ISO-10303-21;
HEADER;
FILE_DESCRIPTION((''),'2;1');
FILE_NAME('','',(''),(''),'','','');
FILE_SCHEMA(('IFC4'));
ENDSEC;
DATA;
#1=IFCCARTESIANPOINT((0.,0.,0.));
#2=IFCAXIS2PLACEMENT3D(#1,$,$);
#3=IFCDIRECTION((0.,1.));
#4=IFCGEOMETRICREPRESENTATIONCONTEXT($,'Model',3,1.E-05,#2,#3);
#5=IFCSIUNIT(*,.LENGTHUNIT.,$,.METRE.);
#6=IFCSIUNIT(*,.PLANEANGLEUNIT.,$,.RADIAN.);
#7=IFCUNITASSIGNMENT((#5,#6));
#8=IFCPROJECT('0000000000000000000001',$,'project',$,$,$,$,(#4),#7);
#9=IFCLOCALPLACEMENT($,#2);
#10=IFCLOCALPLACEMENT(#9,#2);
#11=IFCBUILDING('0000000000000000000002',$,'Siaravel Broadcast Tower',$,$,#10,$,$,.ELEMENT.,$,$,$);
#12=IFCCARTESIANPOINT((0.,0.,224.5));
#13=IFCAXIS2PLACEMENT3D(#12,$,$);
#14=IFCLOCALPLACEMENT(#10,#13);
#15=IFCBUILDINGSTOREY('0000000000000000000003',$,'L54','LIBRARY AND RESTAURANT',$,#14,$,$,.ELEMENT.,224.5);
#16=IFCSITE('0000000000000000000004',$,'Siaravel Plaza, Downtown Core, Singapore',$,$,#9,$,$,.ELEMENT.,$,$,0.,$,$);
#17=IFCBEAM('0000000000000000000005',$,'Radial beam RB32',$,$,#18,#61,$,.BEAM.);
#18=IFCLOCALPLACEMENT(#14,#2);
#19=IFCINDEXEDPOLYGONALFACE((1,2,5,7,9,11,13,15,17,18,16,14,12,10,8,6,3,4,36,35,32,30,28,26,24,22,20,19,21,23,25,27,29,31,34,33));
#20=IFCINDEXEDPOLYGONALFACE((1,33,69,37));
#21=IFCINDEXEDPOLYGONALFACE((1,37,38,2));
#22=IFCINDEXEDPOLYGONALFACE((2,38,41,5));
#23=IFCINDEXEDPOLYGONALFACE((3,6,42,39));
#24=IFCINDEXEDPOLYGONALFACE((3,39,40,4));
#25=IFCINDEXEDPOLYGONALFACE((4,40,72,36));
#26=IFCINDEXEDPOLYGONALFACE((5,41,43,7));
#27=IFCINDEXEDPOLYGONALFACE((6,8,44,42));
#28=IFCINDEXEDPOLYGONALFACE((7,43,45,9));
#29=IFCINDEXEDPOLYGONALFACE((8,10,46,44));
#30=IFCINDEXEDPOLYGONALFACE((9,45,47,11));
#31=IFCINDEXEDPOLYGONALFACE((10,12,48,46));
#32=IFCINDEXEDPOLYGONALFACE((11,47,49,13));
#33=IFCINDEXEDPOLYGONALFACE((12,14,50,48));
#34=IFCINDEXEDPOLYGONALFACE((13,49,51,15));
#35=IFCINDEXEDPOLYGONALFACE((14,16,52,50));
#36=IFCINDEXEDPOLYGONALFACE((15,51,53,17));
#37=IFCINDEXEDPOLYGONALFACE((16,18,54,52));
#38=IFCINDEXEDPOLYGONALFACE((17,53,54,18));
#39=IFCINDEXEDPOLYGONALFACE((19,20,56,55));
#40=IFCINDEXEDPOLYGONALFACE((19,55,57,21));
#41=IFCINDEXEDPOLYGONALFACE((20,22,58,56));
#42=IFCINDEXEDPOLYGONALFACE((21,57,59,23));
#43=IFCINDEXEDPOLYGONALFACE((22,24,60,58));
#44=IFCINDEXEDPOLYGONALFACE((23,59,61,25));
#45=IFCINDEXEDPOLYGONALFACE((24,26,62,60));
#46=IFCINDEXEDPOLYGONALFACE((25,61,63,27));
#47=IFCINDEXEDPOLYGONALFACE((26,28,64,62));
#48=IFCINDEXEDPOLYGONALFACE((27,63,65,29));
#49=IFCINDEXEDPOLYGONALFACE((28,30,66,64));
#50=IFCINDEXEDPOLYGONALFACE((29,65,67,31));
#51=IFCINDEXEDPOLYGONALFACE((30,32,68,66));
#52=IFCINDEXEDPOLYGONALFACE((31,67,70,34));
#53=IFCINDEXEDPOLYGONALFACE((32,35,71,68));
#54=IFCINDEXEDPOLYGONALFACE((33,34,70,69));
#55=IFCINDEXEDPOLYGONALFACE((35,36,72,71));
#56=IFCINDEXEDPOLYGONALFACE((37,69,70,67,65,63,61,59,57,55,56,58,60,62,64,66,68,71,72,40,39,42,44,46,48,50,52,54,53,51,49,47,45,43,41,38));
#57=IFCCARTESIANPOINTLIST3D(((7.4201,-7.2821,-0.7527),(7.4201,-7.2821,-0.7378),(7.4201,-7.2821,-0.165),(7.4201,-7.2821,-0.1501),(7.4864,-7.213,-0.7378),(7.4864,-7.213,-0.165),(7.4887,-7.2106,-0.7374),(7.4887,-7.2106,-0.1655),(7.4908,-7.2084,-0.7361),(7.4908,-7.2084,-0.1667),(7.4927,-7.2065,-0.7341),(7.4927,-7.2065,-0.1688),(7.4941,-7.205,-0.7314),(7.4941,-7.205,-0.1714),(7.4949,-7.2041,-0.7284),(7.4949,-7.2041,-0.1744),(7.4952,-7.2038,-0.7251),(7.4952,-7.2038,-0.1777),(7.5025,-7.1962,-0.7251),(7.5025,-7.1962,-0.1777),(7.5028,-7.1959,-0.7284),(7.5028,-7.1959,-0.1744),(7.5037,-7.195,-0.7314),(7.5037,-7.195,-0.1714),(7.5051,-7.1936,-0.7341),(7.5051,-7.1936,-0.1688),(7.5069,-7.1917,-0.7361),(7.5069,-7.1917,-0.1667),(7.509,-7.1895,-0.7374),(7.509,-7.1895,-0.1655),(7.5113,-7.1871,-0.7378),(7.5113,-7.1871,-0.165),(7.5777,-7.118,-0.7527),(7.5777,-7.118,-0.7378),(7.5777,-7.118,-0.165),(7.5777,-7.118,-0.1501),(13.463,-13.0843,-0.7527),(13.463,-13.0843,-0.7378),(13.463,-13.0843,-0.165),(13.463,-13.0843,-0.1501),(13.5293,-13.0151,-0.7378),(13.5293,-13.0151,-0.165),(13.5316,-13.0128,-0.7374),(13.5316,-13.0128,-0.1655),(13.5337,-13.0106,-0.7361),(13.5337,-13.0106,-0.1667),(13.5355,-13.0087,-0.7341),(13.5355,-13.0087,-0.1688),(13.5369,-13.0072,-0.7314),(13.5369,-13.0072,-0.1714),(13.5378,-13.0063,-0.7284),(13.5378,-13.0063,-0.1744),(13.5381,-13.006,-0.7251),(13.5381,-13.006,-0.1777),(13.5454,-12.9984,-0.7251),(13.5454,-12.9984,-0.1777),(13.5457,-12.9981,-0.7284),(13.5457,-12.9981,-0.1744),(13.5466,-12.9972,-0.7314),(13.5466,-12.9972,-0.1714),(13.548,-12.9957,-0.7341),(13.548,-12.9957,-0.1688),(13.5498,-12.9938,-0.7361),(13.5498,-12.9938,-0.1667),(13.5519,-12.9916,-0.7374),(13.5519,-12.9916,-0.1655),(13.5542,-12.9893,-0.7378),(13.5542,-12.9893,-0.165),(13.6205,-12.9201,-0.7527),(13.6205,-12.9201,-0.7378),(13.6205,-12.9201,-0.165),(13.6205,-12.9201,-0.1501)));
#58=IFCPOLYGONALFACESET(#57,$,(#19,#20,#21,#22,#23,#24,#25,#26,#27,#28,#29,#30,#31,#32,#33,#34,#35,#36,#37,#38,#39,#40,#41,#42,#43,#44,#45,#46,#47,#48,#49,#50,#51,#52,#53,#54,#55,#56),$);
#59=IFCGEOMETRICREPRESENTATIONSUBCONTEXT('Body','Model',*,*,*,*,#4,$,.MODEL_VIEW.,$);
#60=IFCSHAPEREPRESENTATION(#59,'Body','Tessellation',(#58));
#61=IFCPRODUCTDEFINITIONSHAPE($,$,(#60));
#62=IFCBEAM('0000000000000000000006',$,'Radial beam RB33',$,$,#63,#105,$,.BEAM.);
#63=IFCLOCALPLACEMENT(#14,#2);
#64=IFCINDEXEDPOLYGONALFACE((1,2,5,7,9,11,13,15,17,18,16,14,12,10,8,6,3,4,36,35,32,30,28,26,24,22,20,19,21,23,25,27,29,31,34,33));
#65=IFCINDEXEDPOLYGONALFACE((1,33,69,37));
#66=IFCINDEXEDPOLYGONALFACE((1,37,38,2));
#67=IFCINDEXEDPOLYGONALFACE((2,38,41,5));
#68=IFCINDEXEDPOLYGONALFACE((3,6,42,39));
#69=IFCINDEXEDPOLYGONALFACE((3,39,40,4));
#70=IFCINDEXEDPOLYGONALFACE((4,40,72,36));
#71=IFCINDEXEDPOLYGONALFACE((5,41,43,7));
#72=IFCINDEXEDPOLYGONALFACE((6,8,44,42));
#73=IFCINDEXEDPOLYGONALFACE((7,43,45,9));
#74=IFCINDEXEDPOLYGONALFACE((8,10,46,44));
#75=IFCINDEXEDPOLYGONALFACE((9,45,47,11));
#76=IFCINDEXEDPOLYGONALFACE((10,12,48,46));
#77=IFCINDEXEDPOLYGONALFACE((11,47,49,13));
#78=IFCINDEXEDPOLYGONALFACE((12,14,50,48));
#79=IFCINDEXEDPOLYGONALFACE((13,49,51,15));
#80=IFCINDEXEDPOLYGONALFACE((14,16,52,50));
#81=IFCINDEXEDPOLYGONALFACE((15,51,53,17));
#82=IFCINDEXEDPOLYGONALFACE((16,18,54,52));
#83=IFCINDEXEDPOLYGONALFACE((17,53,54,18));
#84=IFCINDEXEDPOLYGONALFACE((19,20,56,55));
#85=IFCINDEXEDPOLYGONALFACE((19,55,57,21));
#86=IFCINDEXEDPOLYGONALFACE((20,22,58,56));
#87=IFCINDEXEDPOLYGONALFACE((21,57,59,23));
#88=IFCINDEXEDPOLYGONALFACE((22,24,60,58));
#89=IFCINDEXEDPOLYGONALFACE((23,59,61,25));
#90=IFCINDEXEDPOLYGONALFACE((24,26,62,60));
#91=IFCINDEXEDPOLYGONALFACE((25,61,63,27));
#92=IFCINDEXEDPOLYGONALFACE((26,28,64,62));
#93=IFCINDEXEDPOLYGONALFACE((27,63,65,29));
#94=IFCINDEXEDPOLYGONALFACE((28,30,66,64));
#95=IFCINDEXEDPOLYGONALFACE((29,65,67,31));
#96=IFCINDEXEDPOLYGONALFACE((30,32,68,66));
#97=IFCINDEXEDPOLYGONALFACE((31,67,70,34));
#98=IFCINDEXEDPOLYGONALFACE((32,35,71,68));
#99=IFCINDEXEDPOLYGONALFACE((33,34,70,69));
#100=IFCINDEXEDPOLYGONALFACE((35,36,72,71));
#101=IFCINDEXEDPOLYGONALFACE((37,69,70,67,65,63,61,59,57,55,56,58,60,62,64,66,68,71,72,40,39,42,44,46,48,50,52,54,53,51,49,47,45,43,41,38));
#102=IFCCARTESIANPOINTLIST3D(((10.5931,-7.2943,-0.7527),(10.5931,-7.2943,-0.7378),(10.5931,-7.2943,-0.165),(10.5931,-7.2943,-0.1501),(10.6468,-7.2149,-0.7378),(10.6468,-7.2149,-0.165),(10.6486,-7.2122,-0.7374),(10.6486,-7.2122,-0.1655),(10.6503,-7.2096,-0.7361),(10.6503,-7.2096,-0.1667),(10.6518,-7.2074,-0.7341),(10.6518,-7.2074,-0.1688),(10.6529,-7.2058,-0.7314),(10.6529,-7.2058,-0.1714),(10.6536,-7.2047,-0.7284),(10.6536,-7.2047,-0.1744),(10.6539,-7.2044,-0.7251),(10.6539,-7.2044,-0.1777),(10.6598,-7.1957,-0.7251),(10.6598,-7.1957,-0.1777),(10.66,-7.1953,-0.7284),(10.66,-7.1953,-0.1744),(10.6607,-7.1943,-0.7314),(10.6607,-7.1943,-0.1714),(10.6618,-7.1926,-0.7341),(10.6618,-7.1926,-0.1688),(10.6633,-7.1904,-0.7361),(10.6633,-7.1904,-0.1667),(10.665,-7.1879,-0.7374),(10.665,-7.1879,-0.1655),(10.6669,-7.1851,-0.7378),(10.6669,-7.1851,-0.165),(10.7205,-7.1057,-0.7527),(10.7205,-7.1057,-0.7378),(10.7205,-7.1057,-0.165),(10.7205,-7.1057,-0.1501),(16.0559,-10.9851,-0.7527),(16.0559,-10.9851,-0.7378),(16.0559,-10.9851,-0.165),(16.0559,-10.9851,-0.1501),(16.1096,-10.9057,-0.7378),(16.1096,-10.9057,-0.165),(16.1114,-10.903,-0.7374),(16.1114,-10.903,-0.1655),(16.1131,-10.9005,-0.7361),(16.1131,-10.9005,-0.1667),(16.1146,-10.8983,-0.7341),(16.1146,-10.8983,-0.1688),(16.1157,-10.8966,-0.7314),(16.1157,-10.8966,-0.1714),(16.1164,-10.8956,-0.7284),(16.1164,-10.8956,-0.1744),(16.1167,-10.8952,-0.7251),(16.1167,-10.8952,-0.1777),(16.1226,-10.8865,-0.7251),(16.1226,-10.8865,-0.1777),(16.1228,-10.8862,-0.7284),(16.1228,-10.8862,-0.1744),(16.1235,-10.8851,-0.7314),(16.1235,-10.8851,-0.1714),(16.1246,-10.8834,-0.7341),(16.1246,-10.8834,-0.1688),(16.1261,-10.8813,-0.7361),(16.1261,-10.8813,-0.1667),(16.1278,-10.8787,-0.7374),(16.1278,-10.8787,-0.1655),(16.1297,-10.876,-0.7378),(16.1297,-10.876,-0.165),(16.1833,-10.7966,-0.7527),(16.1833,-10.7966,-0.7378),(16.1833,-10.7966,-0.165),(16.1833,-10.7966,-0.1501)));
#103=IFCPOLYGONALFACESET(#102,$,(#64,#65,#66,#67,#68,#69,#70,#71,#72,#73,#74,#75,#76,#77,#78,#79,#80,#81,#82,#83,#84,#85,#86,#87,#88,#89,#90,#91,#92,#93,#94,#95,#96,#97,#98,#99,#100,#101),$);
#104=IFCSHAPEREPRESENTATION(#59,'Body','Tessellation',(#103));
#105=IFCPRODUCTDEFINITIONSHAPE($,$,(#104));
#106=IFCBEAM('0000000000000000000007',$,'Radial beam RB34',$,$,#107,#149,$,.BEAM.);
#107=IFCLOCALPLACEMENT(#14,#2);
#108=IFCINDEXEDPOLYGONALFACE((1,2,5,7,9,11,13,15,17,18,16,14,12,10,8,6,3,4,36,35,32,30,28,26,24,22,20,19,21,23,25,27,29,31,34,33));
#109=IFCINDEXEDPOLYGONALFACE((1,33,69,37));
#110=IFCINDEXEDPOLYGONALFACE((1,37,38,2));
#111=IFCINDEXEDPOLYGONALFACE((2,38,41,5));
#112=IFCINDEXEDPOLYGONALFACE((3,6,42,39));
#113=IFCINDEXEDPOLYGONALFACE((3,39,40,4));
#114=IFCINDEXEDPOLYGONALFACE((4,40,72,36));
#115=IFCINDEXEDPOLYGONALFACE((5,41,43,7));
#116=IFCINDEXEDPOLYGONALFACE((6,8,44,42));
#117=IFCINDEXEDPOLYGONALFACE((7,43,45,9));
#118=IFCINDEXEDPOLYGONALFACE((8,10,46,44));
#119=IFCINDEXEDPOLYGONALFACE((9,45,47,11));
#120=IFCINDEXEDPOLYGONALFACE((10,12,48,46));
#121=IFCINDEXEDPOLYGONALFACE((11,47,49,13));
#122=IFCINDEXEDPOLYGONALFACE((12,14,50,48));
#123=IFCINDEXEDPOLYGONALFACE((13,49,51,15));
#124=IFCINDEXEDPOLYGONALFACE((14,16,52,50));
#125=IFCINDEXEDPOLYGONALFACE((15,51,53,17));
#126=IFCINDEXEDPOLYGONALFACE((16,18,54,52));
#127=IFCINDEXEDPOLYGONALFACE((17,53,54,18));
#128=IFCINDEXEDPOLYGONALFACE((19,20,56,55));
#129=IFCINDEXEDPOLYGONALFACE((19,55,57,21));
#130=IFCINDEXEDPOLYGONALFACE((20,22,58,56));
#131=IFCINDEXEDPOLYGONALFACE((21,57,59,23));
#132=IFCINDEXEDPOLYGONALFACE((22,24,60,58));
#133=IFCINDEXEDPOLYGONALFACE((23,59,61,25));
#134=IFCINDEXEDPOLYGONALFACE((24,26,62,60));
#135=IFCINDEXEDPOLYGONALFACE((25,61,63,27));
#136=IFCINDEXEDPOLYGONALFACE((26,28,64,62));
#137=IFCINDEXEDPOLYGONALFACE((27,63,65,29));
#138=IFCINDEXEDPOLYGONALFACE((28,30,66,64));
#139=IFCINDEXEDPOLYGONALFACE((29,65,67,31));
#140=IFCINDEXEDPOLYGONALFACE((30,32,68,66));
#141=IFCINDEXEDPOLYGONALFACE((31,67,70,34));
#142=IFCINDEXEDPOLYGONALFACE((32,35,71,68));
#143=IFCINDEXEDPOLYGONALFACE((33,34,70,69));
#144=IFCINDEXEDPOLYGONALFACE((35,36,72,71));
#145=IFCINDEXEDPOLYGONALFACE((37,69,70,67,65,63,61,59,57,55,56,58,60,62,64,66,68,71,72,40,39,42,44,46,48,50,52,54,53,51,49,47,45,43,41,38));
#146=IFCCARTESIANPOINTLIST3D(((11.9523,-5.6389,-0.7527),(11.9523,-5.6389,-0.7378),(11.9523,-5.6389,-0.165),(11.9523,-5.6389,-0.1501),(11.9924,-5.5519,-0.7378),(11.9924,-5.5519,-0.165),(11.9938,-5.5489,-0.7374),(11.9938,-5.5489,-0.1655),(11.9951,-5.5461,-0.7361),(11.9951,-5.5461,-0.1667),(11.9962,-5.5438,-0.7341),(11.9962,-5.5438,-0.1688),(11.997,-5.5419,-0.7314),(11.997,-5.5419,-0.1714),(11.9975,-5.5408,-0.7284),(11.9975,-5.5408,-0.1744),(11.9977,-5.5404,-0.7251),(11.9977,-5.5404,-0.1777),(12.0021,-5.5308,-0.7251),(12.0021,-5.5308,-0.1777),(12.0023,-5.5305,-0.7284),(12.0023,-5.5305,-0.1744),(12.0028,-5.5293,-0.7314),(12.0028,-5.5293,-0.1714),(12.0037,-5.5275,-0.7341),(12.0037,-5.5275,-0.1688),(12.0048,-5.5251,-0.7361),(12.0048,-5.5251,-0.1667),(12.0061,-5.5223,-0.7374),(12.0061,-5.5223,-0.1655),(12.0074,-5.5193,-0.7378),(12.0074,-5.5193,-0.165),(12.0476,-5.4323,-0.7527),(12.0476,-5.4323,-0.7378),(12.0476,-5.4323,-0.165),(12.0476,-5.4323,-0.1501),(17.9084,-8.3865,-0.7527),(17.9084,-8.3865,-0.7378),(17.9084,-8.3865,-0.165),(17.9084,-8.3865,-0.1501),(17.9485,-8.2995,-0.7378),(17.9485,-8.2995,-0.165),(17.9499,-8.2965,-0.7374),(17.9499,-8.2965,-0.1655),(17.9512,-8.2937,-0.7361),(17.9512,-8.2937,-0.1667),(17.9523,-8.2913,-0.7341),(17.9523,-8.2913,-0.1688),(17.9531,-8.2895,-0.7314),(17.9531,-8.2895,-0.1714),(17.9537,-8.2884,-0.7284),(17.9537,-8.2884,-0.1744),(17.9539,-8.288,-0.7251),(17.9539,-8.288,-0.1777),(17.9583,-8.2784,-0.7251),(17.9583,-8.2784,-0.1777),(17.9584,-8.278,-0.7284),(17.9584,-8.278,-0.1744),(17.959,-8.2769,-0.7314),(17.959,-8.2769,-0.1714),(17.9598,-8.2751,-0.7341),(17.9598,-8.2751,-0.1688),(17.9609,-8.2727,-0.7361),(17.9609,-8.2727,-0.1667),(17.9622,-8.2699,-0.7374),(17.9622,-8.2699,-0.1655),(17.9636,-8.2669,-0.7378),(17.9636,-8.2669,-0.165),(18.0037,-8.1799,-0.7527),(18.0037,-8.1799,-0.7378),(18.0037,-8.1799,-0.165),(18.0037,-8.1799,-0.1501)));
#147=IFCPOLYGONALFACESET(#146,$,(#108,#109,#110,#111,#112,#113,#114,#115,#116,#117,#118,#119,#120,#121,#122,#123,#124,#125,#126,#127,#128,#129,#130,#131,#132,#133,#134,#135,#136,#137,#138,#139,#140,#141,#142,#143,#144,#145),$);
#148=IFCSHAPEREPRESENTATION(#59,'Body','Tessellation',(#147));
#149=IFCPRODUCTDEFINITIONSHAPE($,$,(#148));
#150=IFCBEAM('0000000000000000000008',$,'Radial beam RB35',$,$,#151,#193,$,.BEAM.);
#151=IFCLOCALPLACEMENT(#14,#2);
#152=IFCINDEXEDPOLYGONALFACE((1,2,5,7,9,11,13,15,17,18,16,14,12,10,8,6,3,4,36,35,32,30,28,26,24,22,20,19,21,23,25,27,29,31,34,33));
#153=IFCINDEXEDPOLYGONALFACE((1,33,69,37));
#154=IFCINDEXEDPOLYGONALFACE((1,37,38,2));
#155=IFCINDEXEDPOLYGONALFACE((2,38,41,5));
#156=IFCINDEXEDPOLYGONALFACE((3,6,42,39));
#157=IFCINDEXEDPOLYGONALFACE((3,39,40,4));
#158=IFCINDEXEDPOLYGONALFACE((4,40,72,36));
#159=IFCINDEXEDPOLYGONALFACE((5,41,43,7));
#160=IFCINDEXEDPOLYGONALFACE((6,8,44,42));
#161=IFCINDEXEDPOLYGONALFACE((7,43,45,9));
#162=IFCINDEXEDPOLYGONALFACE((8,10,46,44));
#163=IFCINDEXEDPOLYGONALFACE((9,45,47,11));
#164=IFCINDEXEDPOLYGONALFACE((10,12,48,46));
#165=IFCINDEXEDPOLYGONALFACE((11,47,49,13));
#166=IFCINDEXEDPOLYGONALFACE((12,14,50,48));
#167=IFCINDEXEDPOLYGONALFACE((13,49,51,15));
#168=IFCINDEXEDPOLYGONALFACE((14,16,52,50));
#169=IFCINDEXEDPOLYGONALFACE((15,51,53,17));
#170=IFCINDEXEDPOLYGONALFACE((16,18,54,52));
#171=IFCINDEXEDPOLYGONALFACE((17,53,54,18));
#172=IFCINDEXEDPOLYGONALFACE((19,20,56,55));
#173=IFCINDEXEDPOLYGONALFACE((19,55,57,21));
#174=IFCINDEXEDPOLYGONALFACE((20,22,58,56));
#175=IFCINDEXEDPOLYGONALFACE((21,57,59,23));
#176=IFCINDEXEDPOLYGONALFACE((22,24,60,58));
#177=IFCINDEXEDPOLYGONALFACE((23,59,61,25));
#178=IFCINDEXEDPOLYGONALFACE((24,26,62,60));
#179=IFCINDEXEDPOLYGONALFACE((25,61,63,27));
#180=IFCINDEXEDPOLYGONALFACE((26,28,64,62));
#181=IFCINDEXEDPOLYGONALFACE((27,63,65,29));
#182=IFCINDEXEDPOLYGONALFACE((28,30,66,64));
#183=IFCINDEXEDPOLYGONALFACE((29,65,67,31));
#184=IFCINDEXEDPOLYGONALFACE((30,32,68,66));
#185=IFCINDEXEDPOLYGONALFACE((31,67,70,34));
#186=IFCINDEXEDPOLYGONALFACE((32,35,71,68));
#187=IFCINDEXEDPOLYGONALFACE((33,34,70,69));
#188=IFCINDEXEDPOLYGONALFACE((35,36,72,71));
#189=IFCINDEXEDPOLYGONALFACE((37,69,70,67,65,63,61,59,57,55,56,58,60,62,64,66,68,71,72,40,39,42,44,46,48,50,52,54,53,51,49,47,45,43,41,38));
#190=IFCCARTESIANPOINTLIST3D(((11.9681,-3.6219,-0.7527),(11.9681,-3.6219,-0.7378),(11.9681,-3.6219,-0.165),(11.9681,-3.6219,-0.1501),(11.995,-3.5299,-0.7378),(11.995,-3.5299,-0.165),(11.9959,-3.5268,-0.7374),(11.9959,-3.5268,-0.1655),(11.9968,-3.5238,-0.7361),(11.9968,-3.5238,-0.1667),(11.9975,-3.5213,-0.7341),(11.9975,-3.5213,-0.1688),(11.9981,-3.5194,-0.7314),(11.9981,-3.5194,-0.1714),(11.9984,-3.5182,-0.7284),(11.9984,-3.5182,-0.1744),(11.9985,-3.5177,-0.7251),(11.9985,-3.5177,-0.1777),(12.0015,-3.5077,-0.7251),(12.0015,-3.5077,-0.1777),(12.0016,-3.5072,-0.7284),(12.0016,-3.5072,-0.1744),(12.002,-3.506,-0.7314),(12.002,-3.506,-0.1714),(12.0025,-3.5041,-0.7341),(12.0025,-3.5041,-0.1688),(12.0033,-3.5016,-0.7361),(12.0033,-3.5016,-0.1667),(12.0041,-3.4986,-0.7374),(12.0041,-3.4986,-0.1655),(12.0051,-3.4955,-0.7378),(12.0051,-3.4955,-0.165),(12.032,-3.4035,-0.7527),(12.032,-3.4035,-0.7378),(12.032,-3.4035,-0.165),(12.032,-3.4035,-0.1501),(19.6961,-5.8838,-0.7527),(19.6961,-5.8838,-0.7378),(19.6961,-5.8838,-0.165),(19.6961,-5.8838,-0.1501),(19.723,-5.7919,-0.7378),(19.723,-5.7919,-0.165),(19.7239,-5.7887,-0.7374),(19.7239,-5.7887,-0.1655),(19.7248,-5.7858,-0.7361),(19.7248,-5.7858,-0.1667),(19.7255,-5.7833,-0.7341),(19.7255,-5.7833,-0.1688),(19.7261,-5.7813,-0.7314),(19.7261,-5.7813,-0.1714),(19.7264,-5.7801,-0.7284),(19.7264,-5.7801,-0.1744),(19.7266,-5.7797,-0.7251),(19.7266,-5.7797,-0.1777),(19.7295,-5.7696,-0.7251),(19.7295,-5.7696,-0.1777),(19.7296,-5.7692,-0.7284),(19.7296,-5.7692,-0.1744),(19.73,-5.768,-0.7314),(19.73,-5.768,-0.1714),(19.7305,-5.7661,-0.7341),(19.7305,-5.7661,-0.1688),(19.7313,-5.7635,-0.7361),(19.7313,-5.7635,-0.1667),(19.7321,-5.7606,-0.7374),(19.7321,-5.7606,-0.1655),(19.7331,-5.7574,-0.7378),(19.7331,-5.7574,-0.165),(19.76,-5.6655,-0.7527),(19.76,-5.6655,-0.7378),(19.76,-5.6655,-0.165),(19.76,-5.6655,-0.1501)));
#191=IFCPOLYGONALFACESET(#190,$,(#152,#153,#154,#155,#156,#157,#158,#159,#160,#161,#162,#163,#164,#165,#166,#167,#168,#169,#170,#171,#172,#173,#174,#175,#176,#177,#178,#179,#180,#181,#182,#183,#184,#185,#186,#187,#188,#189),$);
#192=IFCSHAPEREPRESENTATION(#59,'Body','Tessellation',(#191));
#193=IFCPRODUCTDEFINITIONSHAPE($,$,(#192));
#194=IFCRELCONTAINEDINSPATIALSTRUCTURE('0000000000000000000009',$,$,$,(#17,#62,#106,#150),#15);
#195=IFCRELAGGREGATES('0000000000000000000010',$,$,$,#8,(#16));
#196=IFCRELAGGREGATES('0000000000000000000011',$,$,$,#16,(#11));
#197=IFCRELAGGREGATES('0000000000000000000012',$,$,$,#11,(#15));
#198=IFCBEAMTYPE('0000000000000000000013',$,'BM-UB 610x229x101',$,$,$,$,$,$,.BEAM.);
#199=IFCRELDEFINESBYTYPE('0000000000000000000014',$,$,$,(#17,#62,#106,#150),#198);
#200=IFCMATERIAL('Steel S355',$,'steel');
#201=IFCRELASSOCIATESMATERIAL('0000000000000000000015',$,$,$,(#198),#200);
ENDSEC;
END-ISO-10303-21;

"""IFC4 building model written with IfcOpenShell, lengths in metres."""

from ifc_helpers import new_model, si_unit, direction, frame, origin, origin_2d, place, context, subcontext, project, spatial, i_section, extrude, material, material_profile, profile_set, type_object, element, save


model = new_model("IFC4")

# Units and contexts
model_context = context("Model", 3, precision=1e-05, world=origin(), true_north=direction((0.0, 1.0)))
body_context = subcontext(model_context, "Body", "Model", "MODEL_VIEW")
ifc_project = project(units=[si_unit("LENGTHUNIT", "METRE"), si_unit("PLANEANGLEUNIT", "RADIAN")], contexts=[model_context])

# Site, building, storey
site_placement = place(None, origin())
site = spatial("IfcSite", under=ifc_project, at=site_placement, Name="Siaravel Plaza, Downtown Core, Singapore", CompositionType="ELEMENT", RefElevation=0.0)
building_placement = place(site_placement, origin())
building = spatial("IfcBuilding", under=site, at=building_placement, Name="Siaravel Broadcast Tower", CompositionType="ELEMENT")
storey_placement = place(building_placement, frame((0.0, 0.0, 224.5)))
storey = spatial("IfcBuildingStorey", under=building, at=storey_placement, Name="L54", Description="LIBRARY AND RESTAURANT", CompositionType="ELEMENT", Elevation=224.5)

# Beams
ifc_material_1 = material(Name="Steel S355", Category="steel")
ifc_material_profile_1 = material_profile(ifc_material_1, i_section(OverallWidth=0.2275, OverallDepth=0.6025, WebThickness=0.0105, FlangeThickness=0.0149, FilletRadius=0.0127, at=origin_2d()))
ifc_profile_set_1 = profile_set([ifc_material_profile_1], Name="Steel S355")
beam_type = type_object("IfcBeamType", Name="BM-UB 610x229x101", PredefinedType="BEAM", material=ifc_profile_set_1)
beam_1_placement = place(storey_placement, frame((13.5417, -13.0022, -0.4514), z_axis=(-0.721328, 0.692594, 0.0), x_axis=(-0.692594, -0.721328, 0.0)))
element("IfcBeam", 1, at=beam_1_placement, inside=storey, type_object=beam_type, Name="Radial beam RB32", PredefinedType="BEAM", context=body_context, shape_type="SweptSolid", body=[
    extrude(i_section(OverallWidth=0.2275, OverallDepth=0.6025, WebThickness=0.0105, FlangeThickness=0.0149, FilletRadius=0.0127, at=origin_2d()), origin(), (0.0, 0.0, 1.0), 8.3774),
])
beam_2_placement = place(storey_placement, frame((16.1196, -10.8909, -0.4514), z_axis=(-0.828605, 0.559834, 0.0), x_axis=(-0.559834, -0.828605, 0.0)))
element("IfcBeam", 2, at=beam_2_placement, inside=storey, type_object=beam_type, Name="Radial beam RB33", PredefinedType="BEAM", context=body_context, shape_type="SweptSolid", body=[
    extrude(i_section(OverallWidth=0.2275, OverallDepth=0.6025, WebThickness=0.0105, FlangeThickness=0.0149, FilletRadius=0.0127, at=origin_2d()), origin(), (0.0, 0.0, 1.0), 6.5928),
])
beam_3_placement = place(storey_placement, frame((17.9561, -8.2832, -0.4514), z_axis=(-0.90804, 0.418884, 0.0), x_axis=(-0.418884, -0.90804, 0.0)))
element("IfcBeam", 3, at=beam_3_placement, inside=storey, type_object=beam_type, Name="Radial beam RB34", PredefinedType="BEAM", context=body_context, shape_type="SweptSolid", body=[
    extrude(i_section(OverallWidth=0.2275, OverallDepth=0.6025, WebThickness=0.0105, FlangeThickness=0.0149, FilletRadius=0.0127, at=origin_2d()), origin(), (0.0, 0.0, 1.0), 6.5593),
])
beam_4_placement = place(storey_placement, frame((19.728, -5.7747, -0.4514), z_axis=(-0.959734, 0.28091, 0.0), x_axis=(-0.28091, -0.959734, 0.0)))
element("IfcBeam", 4, at=beam_4_placement, inside=storey, type_object=beam_type, Name="Radial beam RB35", PredefinedType="BEAM", context=body_context, shape_type="SweptSolid", body=[
    extrude(i_section(OverallWidth=0.2275, OverallDepth=0.6025, WebThickness=0.0105, FlangeThickness=0.0149, FilletRadius=0.0127, at=origin_2d()), origin(), (0.0, 0.0, 1.0), 8.0522),
])

save(model, "model.ifc")
